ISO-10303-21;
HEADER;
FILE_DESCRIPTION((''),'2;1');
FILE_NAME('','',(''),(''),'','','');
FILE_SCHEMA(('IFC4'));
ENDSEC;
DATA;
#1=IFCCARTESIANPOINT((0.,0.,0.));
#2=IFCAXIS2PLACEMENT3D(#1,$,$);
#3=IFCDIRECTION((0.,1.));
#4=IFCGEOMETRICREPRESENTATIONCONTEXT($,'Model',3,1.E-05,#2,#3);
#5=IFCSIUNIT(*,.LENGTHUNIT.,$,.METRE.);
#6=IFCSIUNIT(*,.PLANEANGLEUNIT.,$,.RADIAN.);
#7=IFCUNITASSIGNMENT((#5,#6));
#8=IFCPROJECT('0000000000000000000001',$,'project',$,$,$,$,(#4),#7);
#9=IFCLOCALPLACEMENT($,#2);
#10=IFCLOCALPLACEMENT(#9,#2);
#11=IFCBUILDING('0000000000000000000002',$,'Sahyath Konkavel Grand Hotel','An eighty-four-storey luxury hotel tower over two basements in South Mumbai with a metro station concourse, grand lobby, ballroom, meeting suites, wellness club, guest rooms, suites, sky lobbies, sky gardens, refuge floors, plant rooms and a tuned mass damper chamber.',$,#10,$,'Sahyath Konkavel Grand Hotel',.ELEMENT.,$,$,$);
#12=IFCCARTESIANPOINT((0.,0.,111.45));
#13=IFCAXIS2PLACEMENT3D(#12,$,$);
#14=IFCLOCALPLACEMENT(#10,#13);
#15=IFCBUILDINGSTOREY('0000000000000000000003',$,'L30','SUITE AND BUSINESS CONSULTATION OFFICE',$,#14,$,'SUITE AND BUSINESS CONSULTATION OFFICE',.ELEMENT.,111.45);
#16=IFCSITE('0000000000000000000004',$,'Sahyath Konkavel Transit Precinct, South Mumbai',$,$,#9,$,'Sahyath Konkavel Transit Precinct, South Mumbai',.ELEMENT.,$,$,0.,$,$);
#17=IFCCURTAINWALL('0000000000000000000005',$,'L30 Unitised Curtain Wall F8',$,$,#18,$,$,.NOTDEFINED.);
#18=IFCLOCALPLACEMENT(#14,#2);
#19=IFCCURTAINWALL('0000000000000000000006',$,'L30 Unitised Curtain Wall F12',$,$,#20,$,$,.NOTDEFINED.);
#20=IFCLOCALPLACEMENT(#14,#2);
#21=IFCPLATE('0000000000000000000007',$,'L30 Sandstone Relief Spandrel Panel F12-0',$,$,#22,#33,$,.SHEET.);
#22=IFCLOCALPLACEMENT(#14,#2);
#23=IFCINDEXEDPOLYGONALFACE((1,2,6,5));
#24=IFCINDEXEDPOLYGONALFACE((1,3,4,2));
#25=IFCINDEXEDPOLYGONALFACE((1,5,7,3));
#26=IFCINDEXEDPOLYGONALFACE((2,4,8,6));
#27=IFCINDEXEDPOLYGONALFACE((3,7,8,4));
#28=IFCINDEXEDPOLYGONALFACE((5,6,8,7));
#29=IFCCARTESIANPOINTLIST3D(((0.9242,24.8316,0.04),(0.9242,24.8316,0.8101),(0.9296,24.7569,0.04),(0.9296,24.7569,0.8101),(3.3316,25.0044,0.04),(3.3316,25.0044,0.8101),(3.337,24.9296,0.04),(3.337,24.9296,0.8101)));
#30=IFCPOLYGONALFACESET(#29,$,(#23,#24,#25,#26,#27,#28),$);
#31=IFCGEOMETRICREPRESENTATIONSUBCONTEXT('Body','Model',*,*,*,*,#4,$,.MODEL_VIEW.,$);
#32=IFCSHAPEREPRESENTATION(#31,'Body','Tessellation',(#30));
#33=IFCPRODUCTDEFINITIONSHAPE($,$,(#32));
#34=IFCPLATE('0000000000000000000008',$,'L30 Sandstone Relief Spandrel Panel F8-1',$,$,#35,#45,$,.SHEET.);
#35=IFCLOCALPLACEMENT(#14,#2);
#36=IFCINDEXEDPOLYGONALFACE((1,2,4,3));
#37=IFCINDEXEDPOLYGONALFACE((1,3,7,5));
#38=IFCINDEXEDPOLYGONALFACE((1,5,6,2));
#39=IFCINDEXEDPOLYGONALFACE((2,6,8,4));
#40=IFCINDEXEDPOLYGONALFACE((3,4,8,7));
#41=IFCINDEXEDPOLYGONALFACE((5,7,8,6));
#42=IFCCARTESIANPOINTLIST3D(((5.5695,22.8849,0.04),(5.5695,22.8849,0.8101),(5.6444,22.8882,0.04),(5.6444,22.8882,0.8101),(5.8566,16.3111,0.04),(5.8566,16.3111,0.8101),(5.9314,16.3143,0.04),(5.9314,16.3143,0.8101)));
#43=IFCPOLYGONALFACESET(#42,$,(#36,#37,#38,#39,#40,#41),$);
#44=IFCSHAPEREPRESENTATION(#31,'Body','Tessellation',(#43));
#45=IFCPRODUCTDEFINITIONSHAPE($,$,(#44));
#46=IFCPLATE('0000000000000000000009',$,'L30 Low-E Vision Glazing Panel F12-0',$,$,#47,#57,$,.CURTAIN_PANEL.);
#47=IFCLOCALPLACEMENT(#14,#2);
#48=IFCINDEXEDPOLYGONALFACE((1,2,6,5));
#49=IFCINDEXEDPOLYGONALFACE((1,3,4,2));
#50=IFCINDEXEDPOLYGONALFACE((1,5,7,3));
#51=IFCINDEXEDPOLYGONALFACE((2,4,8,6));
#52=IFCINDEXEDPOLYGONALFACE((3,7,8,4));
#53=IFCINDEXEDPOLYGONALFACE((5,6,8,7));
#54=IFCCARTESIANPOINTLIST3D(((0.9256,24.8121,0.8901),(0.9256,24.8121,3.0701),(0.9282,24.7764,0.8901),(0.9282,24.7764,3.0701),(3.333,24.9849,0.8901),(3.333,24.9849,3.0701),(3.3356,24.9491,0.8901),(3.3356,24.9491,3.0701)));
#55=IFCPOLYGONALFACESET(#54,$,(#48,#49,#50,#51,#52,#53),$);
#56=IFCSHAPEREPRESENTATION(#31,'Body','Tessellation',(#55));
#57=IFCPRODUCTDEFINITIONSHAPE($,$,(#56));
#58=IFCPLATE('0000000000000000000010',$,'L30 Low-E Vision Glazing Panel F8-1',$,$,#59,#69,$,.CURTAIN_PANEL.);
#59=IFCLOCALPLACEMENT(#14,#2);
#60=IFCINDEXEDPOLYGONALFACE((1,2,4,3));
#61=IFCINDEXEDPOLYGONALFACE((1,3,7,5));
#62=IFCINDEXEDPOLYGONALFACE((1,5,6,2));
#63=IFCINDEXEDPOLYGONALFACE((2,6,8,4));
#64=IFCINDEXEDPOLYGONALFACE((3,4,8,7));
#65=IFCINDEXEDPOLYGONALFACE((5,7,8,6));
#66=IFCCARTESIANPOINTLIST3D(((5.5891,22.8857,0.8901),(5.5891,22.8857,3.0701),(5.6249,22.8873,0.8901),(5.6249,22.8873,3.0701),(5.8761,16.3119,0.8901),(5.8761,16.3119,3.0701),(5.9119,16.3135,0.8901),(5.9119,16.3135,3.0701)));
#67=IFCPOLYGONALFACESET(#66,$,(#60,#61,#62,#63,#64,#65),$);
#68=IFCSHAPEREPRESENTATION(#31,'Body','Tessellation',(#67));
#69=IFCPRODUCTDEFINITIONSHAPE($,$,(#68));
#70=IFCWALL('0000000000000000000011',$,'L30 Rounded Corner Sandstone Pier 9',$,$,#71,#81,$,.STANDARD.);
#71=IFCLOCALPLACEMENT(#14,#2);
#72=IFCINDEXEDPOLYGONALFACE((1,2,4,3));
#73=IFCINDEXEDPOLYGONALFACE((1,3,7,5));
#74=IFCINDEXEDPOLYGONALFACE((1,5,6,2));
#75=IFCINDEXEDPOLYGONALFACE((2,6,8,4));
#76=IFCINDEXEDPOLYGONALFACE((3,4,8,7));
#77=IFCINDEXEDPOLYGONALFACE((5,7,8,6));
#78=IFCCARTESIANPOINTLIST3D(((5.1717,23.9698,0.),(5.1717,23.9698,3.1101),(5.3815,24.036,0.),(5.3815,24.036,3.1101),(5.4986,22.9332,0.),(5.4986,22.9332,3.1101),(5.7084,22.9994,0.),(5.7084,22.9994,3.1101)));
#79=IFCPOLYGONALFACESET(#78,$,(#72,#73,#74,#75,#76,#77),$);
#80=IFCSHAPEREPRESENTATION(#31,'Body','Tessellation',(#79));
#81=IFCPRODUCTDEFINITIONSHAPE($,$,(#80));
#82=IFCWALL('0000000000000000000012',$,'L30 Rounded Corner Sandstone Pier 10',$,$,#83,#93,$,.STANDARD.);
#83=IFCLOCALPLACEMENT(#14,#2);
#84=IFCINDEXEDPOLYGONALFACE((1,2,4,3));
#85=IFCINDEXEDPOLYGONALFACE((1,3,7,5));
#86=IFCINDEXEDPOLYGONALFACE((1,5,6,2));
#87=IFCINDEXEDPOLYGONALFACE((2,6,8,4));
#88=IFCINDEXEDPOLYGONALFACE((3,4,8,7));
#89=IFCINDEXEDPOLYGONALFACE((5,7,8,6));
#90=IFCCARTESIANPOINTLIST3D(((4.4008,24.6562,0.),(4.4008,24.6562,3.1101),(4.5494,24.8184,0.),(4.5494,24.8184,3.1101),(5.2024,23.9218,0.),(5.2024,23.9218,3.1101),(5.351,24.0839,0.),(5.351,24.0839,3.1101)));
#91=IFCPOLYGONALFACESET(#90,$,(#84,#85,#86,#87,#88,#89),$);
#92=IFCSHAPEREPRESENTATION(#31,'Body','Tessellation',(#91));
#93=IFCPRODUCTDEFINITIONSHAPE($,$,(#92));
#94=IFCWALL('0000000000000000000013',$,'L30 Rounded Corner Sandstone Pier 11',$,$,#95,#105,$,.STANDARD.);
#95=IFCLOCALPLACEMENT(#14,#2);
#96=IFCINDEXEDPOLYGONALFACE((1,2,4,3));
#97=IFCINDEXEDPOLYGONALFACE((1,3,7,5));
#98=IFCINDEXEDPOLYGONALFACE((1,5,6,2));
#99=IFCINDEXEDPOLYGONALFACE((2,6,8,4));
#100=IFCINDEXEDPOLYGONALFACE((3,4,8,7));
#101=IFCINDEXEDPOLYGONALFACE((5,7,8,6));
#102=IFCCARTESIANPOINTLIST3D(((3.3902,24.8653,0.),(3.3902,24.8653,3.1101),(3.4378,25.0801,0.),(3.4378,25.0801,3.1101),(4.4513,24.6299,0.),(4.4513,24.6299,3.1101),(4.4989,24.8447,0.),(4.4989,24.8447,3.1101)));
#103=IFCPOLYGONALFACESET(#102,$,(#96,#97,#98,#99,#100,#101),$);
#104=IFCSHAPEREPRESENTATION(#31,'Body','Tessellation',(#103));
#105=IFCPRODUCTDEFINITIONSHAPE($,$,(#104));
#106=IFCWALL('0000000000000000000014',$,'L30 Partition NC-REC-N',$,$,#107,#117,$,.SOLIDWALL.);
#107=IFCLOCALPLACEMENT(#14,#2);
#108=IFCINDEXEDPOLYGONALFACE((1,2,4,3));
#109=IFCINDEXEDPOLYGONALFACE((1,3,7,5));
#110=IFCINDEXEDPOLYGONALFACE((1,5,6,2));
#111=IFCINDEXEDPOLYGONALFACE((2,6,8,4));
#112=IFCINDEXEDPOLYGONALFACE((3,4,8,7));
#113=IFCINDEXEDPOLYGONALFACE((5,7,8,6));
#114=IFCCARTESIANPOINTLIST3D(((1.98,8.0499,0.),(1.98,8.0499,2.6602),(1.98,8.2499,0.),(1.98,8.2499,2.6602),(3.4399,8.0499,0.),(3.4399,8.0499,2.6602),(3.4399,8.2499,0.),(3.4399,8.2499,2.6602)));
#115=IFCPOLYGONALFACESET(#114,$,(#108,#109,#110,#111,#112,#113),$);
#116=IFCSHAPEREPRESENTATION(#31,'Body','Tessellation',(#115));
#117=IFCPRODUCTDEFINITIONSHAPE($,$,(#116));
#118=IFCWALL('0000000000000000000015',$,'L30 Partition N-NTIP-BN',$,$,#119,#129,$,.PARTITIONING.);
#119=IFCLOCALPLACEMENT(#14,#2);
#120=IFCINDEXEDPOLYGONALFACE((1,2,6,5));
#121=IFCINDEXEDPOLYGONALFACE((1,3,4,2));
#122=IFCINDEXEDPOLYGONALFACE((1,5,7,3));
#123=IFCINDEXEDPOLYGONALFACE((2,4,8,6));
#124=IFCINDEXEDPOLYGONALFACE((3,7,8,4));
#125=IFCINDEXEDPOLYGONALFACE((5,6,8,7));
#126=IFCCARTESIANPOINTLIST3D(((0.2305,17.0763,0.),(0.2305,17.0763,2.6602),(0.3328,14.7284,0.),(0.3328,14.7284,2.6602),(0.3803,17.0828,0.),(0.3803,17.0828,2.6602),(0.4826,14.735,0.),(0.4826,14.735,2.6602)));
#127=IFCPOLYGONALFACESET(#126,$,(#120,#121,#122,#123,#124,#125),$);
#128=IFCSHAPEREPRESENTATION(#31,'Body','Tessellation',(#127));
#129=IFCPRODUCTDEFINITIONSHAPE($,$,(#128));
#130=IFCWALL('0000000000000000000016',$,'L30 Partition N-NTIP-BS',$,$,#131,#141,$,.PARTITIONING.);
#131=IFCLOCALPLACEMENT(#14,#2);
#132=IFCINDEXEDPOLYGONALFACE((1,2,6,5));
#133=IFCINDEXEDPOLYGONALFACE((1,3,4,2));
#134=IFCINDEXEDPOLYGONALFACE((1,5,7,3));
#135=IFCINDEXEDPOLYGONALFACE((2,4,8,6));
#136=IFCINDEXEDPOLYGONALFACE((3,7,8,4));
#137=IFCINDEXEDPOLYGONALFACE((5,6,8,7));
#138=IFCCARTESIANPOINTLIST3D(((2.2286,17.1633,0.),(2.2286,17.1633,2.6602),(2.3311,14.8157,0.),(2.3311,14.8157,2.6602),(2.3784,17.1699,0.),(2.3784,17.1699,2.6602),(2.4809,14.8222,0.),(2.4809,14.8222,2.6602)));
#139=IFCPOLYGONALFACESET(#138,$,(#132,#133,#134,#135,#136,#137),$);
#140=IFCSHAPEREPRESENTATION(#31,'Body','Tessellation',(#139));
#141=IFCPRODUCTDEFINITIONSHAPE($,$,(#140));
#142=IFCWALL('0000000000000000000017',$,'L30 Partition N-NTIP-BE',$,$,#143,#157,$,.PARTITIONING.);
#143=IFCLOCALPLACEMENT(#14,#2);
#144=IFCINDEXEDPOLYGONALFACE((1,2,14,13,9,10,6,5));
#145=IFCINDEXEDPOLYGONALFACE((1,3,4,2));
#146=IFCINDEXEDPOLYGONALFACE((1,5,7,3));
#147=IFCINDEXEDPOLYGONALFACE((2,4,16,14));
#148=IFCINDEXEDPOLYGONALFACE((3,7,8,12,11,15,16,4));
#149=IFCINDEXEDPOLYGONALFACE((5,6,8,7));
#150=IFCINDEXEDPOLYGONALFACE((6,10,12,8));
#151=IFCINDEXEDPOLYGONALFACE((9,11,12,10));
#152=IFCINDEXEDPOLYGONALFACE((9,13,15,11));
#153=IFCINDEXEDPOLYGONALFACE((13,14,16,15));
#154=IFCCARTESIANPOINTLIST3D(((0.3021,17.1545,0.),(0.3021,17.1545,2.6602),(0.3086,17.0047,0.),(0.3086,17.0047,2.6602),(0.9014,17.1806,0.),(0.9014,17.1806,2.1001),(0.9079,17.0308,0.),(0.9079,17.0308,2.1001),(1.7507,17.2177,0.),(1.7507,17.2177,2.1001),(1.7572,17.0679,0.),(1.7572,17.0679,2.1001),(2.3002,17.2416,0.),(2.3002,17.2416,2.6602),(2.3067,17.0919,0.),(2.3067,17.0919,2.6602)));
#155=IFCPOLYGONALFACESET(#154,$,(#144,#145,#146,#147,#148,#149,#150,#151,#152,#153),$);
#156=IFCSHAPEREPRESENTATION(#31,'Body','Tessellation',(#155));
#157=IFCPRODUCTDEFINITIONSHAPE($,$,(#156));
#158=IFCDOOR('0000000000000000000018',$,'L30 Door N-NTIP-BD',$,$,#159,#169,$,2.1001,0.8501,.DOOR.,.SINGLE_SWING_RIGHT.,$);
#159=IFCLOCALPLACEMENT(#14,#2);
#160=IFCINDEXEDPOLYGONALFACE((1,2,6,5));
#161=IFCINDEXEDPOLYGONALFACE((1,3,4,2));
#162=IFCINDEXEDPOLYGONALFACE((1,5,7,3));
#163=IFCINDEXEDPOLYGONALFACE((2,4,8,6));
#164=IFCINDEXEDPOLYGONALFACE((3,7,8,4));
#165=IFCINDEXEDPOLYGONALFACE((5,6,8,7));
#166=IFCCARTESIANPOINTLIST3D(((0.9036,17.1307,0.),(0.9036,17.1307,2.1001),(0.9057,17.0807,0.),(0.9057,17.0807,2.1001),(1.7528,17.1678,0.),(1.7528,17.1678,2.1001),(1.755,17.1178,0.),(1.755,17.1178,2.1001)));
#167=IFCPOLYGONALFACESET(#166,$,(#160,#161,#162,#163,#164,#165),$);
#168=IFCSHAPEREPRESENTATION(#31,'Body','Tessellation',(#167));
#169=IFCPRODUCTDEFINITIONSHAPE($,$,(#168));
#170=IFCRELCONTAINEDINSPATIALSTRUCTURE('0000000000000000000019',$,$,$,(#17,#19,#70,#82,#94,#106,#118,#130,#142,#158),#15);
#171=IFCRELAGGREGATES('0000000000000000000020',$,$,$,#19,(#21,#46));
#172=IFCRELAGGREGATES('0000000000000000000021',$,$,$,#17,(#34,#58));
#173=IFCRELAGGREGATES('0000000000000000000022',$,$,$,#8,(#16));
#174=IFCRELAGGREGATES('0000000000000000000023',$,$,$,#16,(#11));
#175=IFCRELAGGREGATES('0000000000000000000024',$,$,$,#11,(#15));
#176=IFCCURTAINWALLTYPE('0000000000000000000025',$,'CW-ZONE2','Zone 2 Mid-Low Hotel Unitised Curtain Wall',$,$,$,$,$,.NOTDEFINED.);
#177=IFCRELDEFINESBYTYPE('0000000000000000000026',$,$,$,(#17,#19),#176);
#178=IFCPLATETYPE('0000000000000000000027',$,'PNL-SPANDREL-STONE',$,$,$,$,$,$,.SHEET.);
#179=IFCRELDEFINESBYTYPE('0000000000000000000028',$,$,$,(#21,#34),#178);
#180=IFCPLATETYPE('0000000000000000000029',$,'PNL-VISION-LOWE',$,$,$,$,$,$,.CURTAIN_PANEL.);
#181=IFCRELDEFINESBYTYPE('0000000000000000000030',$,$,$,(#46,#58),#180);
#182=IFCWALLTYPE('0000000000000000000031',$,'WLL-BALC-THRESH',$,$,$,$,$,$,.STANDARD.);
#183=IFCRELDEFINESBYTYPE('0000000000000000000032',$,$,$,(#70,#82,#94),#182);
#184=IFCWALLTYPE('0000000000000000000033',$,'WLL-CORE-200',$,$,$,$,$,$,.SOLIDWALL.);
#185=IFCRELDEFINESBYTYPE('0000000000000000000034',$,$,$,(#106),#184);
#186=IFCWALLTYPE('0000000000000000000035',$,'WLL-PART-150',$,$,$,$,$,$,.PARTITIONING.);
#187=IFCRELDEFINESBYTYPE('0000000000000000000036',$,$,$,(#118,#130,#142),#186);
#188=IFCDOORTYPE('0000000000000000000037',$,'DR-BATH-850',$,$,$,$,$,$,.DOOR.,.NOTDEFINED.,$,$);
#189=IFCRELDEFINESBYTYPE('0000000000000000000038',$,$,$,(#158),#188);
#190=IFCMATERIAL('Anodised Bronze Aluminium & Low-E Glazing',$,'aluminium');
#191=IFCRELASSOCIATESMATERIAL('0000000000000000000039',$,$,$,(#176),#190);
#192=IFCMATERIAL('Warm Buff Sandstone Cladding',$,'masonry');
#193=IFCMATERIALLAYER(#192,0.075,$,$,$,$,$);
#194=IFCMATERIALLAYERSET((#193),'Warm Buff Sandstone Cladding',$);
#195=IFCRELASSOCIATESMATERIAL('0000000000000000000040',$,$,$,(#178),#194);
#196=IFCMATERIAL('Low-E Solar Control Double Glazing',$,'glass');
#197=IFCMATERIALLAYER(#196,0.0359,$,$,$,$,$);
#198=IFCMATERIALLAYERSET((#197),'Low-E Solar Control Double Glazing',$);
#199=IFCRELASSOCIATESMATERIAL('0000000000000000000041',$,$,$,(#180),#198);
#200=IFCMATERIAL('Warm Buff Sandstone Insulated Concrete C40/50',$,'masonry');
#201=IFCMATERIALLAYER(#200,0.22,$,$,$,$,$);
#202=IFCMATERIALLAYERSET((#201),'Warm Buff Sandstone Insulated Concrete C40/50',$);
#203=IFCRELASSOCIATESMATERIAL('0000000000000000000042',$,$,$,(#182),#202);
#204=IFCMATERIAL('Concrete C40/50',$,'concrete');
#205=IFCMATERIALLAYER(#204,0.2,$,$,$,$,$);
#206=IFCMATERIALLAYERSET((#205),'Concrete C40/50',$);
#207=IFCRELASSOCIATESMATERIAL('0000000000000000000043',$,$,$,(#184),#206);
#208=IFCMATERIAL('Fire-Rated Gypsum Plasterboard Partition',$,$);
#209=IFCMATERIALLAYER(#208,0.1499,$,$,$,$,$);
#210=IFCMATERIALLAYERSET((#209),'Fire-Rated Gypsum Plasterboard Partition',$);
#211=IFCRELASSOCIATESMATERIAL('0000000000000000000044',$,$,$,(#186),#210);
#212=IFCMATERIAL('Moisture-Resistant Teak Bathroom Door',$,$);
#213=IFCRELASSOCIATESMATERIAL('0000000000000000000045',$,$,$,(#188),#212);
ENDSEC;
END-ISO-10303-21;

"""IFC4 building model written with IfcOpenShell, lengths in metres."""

from ifc_helpers import new_model, si_unit, direction, frame, frame_2d, origin, origin_2d, place, context, subcontext, project, spatial, rectangle, extrude, source, transform, mapped, material, layer, layer_set, type_object, element, fill, aggregate, save


model = new_model("IFC4")

# Units and contexts
model_context = context("Model", 3, precision=1e-05, world=origin(), true_north=direction((0.0, 1.0)))
body_context = subcontext(model_context, "Body", "Model", "MODEL_VIEW")
ifc_project = project(units=[si_unit("LENGTHUNIT", "METRE"), si_unit("PLANEANGLEUNIT", "RADIAN")], contexts=[model_context])

# Site, building, storey
site_placement = place(None, origin())
site = spatial("IfcSite", under=ifc_project, at=site_placement, Name="Sahyath Konkavel Transit Precinct, South Mumbai", LongName="Sahyath Konkavel Transit Precinct, South Mumbai", CompositionType="ELEMENT", RefElevation=0.0)
building_placement = place(site_placement, origin())
building = spatial("IfcBuilding", under=site, at=building_placement, Name="Sahyath Konkavel Grand Hotel", Description="An eighty-four-storey luxury hotel tower over two basements in South Mumbai with a metro station concourse, grand lobby, ballroom, meeting suites, wellness club, guest rooms, suites, sky lobbies, sky gardens, refuge floors, plant rooms and a tuned mass damper chamber.", LongName="Sahyath Konkavel Grand Hotel", CompositionType="ELEMENT")
storey_placement = place(building_placement, frame((0.0, 0.0, 111.45)))
storey = spatial("IfcBuildingStorey", under=building, at=storey_placement, Name="L30", Description="SUITE AND BUSINESS CONSULTATION OFFICE", LongName="SUITE AND BUSINESS CONSULTATION OFFICE", CompositionType="ELEMENT", Elevation=111.45)

# Curtain wall
ifc_material_1 = material(Name="Anodised Bronze Aluminium & Low-E Glazing", Category="aluminium")
curtain_wall_type = type_object("IfcCurtainWallType", Name="CW-ZONE2", Description="Zone 2 Mid-Low Hotel Unitised Curtain Wall", PredefinedType="NOTDEFINED", material=ifc_material_1)
curtain_wall_1_placement = place(storey_placement, origin())
curtain_wall_1 = element("IfcCurtainWall", 1, at=curtain_wall_1_placement, inside=storey, type_object=curtain_wall_type, Name="L30 Unitised Curtain Wall F8", PredefinedType="NOTDEFINED")

# Curtain wall, plate
curtain_wall_2_placement = place(storey_placement, origin())
curtain_wall_2 = element("IfcCurtainWall", 2, at=curtain_wall_2_placement, inside=storey, type_object=curtain_wall_type, Name="L30 Unitised Curtain Wall F12", PredefinedType="NOTDEFINED")
ifc_material_2 = material(Name="Warm Buff Sandstone Cladding", Category="masonry")
ifc_layer_1 = layer(ifc_material_2, 0.075)
ifc_layer_set_1 = layer_set([ifc_layer_1], Name="Warm Buff Sandstone Cladding")
plate_type_1 = type_object("IfcPlateType", Name="PNL-SPANDREL-STONE", PredefinedType="SHEET", material=ifc_layer_set_1)
shared_shape_1 = source(origin(), body_context, "Body", "SweptSolid", [
    extrude(rectangle(XDim=2.4136, YDim=0.075, at=origin_2d()), origin(), (0.0, 0.0, 1.0), 0.77),
])
plate_1_placement = place(storey_placement, frame((2.1306, 24.8806, 0.04), z_axis=(0.0, 0.0, 1.0), x_axis=(-0.997436, -0.071567, 0.0)))
plate_1 = element("IfcPlate", 3, at=plate_1_placement, type_object=plate_type_1, Name="L30 Sandstone Relief Spandrel Panel F12-0", PredefinedType="SHEET", context=body_context, shape_type="MappedRepresentation", body=[
    mapped(shared_shape_1, transform((0.0, 0.0, 0.0), scale=1.0)),
])

# Plates
shared_shape_2 = source(origin(), body_context, "Body", "SweptSolid", [
    extrude(rectangle(XDim=6.5801, YDim=0.075, at=origin_2d()), origin(), (0.0, 0.0, 1.0), 0.77),
])
plate_2_placement = place(storey_placement, frame((5.7505, 19.5996, 0.04), z_axis=(0.0, 0.0, 1.0), x_axis=(-0.043619, 0.999048, 0.0)))
plate_2 = element("IfcPlate", 4, at=plate_2_placement, type_object=plate_type_1, Name="L30 Sandstone Relief Spandrel Panel F8-1", PredefinedType="SHEET", context=body_context, shape_type="MappedRepresentation", body=[
    mapped(shared_shape_2, transform((0.0, 0.0, 0.0), scale=1.0)),
])
ifc_material_3 = material(Name="Low-E Solar Control Double Glazing", Category="glass")
ifc_layer_2 = layer(ifc_material_3, 0.0359)
ifc_layer_set_2 = layer_set([ifc_layer_2], Name="Low-E Solar Control Double Glazing")
plate_type_2 = type_object("IfcPlateType", Name="PNL-VISION-LOWE", PredefinedType="CURTAIN_PANEL", material=ifc_layer_set_2)
shared_shape_3 = source(origin(), body_context, "Body", "SweptSolid", [
    extrude(rectangle(XDim=2.4136, YDim=0.0359, at=origin_2d()), origin(), (0.0, 0.0, 1.0), 2.1799),
])
plate_3_placement = place(storey_placement, frame((2.1306, 24.8806, 0.8901), z_axis=(0.0, 0.0, 1.0), x_axis=(-0.997436, -0.071567, 0.0)))
plate_3 = element("IfcPlate", 5, at=plate_3_placement, type_object=plate_type_2, Name="L30 Low-E Vision Glazing Panel F12-0", PredefinedType="CURTAIN_PANEL", context=body_context, shape_type="MappedRepresentation", body=[
    mapped(shared_shape_3, transform((0.0, 0.0, 0.0), scale=1.0)),
])
aggregate(curtain_wall_2, [plate_1, plate_3])
shared_shape_4 = source(origin(), body_context, "Body", "SweptSolid", [
    extrude(rectangle(XDim=6.5801, YDim=0.0359, at=origin_2d()), origin(), (0.0, 0.0, 1.0), 2.1799),
])
plate_4_placement = place(storey_placement, frame((5.7505, 19.5996, 0.8901), z_axis=(0.0, 0.0, 1.0), x_axis=(-0.043619, 0.999048, 0.0)))
plate_4 = element("IfcPlate", 6, at=plate_4_placement, type_object=plate_type_2, Name="L30 Low-E Vision Glazing Panel F8-1", PredefinedType="CURTAIN_PANEL", context=body_context, shape_type="MappedRepresentation", body=[
    mapped(shared_shape_4, transform((0.0, 0.0, 0.0), scale=1.0)),
])
aggregate(curtain_wall_1, [plate_2, plate_4])

# Walls
ifc_material_4 = material(Name="Warm Buff Sandstone Insulated Concrete C40/50", Category="masonry")
ifc_layer_3 = layer(ifc_material_4, 0.22)
ifc_layer_set_3 = layer_set([ifc_layer_3], Name="Warm Buff Sandstone Insulated Concrete C40/50")
wall_type_1 = type_object("IfcWallType", Name="WLL-BALC-THRESH", PredefinedType="STANDARD", material=ifc_layer_set_3)
wall_1_placement = place(storey_placement, frame((5.6035, 22.9663, 0.0), z_axis=(0.0, 0.0, 1.0), x_axis=(-0.300755, 0.953701, 0.0)))
element("IfcWall", 7, at=wall_1_placement, inside=storey, type_object=wall_type_1, Name="L30 Rounded Corner Sandstone Pier 9", PredefinedType="STANDARD", context=body_context, shape_type="SweptSolid", body=[
    extrude(rectangle(XDim=1.0869, YDim=0.22, at=frame_2d((0.5435, 0.0))), origin(), (0.0, 0.0, 1.0), 3.1101),
])
wall_2_placement = place(storey_placement, frame((5.2766, 24.0029, 0.0), z_axis=(0.0, 0.0, 1.0), x_axis=(-0.737313, 0.675552, 0.0)))
element("IfcWall", 8, at=wall_2_placement, inside=storey, type_object=wall_type_1, Name="L30 Rounded Corner Sandstone Pier 10", PredefinedType="STANDARD", context=body_context, shape_type="SweptSolid", body=[
    extrude(rectangle(XDim=1.0872, YDim=0.22, at=frame_2d((0.5435, 0.0))), origin(), (0.0, 0.0, 1.0), 3.1101),
])
wall_3_placement = place(storey_placement, frame((4.4751, 24.7373, 0.0), z_axis=(0.0, 0.0, 1.0), x_axis=(-0.976272, 0.21655, 0.0)))
element("IfcWall", 9, at=wall_3_placement, inside=storey, type_object=wall_type_1, Name="L30 Rounded Corner Sandstone Pier 11", PredefinedType="STANDARD", context=body_context, shape_type="SweptSolid", body=[
    extrude(rectangle(XDim=1.0869, YDim=0.22, at=frame_2d((0.5435, 0.0))), origin(), (0.0, 0.0, 1.0), 3.1101),
])
ifc_material_5 = material(Name="Concrete C40/50", Category="concrete")
ifc_layer_4 = layer(ifc_material_5, 0.2)
ifc_layer_set_4 = layer_set([ifc_layer_4], Name="Concrete C40/50")
wall_type_2 = type_object("IfcWallType", Name="WLL-CORE-200", PredefinedType="SOLIDWALL", material=ifc_layer_set_4)
wall_4_placement = place(storey_placement, frame((1.98, 8.1499, 0.0), z_axis=(0.0, 0.0, 1.0), x_axis=(1.0, 0.0, 0.0)))
element("IfcWall", 10, at=wall_4_placement, inside=storey, type_object=wall_type_2, Name="L30 Partition NC-REC-N", PredefinedType="SOLIDWALL", context=body_context, shape_type="SweptSolid", body=[
    extrude(rectangle(XDim=1.46, YDim=0.2, at=frame_2d((0.73, 0.0))), origin(), (0.0, 0.0, 1.0), 2.6602),
])
ifc_material_6 = material(Name="Fire-Rated Gypsum Plasterboard Partition")
ifc_layer_5 = layer(ifc_material_6, 0.1499)
ifc_layer_set_5 = layer_set([ifc_layer_5], Name="Fire-Rated Gypsum Plasterboard Partition")
wall_type_3 = type_object("IfcWallType", Name="WLL-PART-150", PredefinedType="PARTITIONING", material=ifc_layer_set_5)
wall_5_placement = place(storey_placement, frame((0.4077, 14.7317, 0.0), z_axis=(0.0, 0.0, 1.0), x_axis=(-0.043527, 0.999052, 0.0)))
element("IfcWall", 11, at=wall_5_placement, inside=storey, type_object=wall_type_3, Name="L30 Partition N-NTIP-BN", PredefinedType="PARTITIONING", context=body_context, shape_type="SweptSolid", body=[
    extrude(rectangle(XDim=2.3501, YDim=0.1499, at=frame_2d((1.175, 0.0))), origin(), (0.0, 0.0, 1.0), 2.6602),
])
wall_6_placement = place(storey_placement, frame((2.406, 14.8191, 0.0), z_axis=(0.0, 0.0, 1.0), x_axis=(-0.043636, 0.999048, 0.0)))
element("IfcWall", 12, at=wall_6_placement, inside=storey, type_object=wall_type_3, Name="L30 Partition N-NTIP-BS", PredefinedType="PARTITIONING", context=body_context, shape_type="SweptSolid", body=[
    extrude(rectangle(XDim=2.3499, YDim=0.1499, at=frame_2d((1.1748, 0.0))), origin(), (0.0, 0.0, 1.0), 2.6602),
])

# Wall, opening, door
wall_7_placement = place(storey_placement, frame((2.3035, 17.1667, 0.0), z_axis=(0.0, 0.0, 1.0), x_axis=(-0.99905, -0.04358, 0.0)))
wall_7 = element("IfcWall", 13, at=wall_7_placement, inside=storey, type_object=wall_type_3, Name="L30 Partition N-NTIP-BE", PredefinedType="PARTITIONING", context=body_context, shape_type="SweptSolid", body=[
    extrude(rectangle(XDim=2.0, YDim=0.1499, at=frame_2d((1.0, 0.0))), origin(), (0.0, 0.0, 1.0), 2.6602),
])
opening_placement = place(wall_7_placement, frame((0.55, 0.0, 0.0)))
opening = element("IfcOpeningElement", 14, at=opening_placement, cuts=wall_7, PredefinedType="OPENING", context=body_context, shape_type="SweptSolid", body=[
    extrude(rectangle(XDim=0.8501, YDim=2.1001, at=frame_2d((0.425, 1.05))), frame((0.0, 0.085, 0.0), z_axis=(0.0, -1.0, 0.0), x_axis=(1.0, 0.0, 0.0)), (0.0, 0.0, 1.0), 0.1699),
])
ifc_material_7 = material(Name="Moisture-Resistant Teak Bathroom Door")
door_type = type_object("IfcDoorType", Name="DR-BATH-850", OperationType="NOTDEFINED", PredefinedType="DOOR", material=ifc_material_7)
shared_shape_5 = source(origin(), body_context, "Body", "SweptSolid", [
    extrude(rectangle(XDim=0.8501, YDim=0.05, at=origin_2d()), origin(), (0.0, 0.0, 1.0), 2.1001),
])
door_placement = place(opening_placement, frame((0.425, 0.0, 0.0)))
door = element("IfcDoor", 15, at=door_placement, inside=storey, type_object=door_type, Name="L30 Door N-NTIP-BD", OperationType="SINGLE_SWING_RIGHT", OverallHeight=2.1001, OverallWidth=0.8501, PredefinedType="DOOR", context=body_context, shape_type="MappedRepresentation", body=[
    mapped(shared_shape_5, transform((0.0, 0.0, 0.0), scale=1.0)),
])
fill(opening, door)

save(model, "model.ifc")
